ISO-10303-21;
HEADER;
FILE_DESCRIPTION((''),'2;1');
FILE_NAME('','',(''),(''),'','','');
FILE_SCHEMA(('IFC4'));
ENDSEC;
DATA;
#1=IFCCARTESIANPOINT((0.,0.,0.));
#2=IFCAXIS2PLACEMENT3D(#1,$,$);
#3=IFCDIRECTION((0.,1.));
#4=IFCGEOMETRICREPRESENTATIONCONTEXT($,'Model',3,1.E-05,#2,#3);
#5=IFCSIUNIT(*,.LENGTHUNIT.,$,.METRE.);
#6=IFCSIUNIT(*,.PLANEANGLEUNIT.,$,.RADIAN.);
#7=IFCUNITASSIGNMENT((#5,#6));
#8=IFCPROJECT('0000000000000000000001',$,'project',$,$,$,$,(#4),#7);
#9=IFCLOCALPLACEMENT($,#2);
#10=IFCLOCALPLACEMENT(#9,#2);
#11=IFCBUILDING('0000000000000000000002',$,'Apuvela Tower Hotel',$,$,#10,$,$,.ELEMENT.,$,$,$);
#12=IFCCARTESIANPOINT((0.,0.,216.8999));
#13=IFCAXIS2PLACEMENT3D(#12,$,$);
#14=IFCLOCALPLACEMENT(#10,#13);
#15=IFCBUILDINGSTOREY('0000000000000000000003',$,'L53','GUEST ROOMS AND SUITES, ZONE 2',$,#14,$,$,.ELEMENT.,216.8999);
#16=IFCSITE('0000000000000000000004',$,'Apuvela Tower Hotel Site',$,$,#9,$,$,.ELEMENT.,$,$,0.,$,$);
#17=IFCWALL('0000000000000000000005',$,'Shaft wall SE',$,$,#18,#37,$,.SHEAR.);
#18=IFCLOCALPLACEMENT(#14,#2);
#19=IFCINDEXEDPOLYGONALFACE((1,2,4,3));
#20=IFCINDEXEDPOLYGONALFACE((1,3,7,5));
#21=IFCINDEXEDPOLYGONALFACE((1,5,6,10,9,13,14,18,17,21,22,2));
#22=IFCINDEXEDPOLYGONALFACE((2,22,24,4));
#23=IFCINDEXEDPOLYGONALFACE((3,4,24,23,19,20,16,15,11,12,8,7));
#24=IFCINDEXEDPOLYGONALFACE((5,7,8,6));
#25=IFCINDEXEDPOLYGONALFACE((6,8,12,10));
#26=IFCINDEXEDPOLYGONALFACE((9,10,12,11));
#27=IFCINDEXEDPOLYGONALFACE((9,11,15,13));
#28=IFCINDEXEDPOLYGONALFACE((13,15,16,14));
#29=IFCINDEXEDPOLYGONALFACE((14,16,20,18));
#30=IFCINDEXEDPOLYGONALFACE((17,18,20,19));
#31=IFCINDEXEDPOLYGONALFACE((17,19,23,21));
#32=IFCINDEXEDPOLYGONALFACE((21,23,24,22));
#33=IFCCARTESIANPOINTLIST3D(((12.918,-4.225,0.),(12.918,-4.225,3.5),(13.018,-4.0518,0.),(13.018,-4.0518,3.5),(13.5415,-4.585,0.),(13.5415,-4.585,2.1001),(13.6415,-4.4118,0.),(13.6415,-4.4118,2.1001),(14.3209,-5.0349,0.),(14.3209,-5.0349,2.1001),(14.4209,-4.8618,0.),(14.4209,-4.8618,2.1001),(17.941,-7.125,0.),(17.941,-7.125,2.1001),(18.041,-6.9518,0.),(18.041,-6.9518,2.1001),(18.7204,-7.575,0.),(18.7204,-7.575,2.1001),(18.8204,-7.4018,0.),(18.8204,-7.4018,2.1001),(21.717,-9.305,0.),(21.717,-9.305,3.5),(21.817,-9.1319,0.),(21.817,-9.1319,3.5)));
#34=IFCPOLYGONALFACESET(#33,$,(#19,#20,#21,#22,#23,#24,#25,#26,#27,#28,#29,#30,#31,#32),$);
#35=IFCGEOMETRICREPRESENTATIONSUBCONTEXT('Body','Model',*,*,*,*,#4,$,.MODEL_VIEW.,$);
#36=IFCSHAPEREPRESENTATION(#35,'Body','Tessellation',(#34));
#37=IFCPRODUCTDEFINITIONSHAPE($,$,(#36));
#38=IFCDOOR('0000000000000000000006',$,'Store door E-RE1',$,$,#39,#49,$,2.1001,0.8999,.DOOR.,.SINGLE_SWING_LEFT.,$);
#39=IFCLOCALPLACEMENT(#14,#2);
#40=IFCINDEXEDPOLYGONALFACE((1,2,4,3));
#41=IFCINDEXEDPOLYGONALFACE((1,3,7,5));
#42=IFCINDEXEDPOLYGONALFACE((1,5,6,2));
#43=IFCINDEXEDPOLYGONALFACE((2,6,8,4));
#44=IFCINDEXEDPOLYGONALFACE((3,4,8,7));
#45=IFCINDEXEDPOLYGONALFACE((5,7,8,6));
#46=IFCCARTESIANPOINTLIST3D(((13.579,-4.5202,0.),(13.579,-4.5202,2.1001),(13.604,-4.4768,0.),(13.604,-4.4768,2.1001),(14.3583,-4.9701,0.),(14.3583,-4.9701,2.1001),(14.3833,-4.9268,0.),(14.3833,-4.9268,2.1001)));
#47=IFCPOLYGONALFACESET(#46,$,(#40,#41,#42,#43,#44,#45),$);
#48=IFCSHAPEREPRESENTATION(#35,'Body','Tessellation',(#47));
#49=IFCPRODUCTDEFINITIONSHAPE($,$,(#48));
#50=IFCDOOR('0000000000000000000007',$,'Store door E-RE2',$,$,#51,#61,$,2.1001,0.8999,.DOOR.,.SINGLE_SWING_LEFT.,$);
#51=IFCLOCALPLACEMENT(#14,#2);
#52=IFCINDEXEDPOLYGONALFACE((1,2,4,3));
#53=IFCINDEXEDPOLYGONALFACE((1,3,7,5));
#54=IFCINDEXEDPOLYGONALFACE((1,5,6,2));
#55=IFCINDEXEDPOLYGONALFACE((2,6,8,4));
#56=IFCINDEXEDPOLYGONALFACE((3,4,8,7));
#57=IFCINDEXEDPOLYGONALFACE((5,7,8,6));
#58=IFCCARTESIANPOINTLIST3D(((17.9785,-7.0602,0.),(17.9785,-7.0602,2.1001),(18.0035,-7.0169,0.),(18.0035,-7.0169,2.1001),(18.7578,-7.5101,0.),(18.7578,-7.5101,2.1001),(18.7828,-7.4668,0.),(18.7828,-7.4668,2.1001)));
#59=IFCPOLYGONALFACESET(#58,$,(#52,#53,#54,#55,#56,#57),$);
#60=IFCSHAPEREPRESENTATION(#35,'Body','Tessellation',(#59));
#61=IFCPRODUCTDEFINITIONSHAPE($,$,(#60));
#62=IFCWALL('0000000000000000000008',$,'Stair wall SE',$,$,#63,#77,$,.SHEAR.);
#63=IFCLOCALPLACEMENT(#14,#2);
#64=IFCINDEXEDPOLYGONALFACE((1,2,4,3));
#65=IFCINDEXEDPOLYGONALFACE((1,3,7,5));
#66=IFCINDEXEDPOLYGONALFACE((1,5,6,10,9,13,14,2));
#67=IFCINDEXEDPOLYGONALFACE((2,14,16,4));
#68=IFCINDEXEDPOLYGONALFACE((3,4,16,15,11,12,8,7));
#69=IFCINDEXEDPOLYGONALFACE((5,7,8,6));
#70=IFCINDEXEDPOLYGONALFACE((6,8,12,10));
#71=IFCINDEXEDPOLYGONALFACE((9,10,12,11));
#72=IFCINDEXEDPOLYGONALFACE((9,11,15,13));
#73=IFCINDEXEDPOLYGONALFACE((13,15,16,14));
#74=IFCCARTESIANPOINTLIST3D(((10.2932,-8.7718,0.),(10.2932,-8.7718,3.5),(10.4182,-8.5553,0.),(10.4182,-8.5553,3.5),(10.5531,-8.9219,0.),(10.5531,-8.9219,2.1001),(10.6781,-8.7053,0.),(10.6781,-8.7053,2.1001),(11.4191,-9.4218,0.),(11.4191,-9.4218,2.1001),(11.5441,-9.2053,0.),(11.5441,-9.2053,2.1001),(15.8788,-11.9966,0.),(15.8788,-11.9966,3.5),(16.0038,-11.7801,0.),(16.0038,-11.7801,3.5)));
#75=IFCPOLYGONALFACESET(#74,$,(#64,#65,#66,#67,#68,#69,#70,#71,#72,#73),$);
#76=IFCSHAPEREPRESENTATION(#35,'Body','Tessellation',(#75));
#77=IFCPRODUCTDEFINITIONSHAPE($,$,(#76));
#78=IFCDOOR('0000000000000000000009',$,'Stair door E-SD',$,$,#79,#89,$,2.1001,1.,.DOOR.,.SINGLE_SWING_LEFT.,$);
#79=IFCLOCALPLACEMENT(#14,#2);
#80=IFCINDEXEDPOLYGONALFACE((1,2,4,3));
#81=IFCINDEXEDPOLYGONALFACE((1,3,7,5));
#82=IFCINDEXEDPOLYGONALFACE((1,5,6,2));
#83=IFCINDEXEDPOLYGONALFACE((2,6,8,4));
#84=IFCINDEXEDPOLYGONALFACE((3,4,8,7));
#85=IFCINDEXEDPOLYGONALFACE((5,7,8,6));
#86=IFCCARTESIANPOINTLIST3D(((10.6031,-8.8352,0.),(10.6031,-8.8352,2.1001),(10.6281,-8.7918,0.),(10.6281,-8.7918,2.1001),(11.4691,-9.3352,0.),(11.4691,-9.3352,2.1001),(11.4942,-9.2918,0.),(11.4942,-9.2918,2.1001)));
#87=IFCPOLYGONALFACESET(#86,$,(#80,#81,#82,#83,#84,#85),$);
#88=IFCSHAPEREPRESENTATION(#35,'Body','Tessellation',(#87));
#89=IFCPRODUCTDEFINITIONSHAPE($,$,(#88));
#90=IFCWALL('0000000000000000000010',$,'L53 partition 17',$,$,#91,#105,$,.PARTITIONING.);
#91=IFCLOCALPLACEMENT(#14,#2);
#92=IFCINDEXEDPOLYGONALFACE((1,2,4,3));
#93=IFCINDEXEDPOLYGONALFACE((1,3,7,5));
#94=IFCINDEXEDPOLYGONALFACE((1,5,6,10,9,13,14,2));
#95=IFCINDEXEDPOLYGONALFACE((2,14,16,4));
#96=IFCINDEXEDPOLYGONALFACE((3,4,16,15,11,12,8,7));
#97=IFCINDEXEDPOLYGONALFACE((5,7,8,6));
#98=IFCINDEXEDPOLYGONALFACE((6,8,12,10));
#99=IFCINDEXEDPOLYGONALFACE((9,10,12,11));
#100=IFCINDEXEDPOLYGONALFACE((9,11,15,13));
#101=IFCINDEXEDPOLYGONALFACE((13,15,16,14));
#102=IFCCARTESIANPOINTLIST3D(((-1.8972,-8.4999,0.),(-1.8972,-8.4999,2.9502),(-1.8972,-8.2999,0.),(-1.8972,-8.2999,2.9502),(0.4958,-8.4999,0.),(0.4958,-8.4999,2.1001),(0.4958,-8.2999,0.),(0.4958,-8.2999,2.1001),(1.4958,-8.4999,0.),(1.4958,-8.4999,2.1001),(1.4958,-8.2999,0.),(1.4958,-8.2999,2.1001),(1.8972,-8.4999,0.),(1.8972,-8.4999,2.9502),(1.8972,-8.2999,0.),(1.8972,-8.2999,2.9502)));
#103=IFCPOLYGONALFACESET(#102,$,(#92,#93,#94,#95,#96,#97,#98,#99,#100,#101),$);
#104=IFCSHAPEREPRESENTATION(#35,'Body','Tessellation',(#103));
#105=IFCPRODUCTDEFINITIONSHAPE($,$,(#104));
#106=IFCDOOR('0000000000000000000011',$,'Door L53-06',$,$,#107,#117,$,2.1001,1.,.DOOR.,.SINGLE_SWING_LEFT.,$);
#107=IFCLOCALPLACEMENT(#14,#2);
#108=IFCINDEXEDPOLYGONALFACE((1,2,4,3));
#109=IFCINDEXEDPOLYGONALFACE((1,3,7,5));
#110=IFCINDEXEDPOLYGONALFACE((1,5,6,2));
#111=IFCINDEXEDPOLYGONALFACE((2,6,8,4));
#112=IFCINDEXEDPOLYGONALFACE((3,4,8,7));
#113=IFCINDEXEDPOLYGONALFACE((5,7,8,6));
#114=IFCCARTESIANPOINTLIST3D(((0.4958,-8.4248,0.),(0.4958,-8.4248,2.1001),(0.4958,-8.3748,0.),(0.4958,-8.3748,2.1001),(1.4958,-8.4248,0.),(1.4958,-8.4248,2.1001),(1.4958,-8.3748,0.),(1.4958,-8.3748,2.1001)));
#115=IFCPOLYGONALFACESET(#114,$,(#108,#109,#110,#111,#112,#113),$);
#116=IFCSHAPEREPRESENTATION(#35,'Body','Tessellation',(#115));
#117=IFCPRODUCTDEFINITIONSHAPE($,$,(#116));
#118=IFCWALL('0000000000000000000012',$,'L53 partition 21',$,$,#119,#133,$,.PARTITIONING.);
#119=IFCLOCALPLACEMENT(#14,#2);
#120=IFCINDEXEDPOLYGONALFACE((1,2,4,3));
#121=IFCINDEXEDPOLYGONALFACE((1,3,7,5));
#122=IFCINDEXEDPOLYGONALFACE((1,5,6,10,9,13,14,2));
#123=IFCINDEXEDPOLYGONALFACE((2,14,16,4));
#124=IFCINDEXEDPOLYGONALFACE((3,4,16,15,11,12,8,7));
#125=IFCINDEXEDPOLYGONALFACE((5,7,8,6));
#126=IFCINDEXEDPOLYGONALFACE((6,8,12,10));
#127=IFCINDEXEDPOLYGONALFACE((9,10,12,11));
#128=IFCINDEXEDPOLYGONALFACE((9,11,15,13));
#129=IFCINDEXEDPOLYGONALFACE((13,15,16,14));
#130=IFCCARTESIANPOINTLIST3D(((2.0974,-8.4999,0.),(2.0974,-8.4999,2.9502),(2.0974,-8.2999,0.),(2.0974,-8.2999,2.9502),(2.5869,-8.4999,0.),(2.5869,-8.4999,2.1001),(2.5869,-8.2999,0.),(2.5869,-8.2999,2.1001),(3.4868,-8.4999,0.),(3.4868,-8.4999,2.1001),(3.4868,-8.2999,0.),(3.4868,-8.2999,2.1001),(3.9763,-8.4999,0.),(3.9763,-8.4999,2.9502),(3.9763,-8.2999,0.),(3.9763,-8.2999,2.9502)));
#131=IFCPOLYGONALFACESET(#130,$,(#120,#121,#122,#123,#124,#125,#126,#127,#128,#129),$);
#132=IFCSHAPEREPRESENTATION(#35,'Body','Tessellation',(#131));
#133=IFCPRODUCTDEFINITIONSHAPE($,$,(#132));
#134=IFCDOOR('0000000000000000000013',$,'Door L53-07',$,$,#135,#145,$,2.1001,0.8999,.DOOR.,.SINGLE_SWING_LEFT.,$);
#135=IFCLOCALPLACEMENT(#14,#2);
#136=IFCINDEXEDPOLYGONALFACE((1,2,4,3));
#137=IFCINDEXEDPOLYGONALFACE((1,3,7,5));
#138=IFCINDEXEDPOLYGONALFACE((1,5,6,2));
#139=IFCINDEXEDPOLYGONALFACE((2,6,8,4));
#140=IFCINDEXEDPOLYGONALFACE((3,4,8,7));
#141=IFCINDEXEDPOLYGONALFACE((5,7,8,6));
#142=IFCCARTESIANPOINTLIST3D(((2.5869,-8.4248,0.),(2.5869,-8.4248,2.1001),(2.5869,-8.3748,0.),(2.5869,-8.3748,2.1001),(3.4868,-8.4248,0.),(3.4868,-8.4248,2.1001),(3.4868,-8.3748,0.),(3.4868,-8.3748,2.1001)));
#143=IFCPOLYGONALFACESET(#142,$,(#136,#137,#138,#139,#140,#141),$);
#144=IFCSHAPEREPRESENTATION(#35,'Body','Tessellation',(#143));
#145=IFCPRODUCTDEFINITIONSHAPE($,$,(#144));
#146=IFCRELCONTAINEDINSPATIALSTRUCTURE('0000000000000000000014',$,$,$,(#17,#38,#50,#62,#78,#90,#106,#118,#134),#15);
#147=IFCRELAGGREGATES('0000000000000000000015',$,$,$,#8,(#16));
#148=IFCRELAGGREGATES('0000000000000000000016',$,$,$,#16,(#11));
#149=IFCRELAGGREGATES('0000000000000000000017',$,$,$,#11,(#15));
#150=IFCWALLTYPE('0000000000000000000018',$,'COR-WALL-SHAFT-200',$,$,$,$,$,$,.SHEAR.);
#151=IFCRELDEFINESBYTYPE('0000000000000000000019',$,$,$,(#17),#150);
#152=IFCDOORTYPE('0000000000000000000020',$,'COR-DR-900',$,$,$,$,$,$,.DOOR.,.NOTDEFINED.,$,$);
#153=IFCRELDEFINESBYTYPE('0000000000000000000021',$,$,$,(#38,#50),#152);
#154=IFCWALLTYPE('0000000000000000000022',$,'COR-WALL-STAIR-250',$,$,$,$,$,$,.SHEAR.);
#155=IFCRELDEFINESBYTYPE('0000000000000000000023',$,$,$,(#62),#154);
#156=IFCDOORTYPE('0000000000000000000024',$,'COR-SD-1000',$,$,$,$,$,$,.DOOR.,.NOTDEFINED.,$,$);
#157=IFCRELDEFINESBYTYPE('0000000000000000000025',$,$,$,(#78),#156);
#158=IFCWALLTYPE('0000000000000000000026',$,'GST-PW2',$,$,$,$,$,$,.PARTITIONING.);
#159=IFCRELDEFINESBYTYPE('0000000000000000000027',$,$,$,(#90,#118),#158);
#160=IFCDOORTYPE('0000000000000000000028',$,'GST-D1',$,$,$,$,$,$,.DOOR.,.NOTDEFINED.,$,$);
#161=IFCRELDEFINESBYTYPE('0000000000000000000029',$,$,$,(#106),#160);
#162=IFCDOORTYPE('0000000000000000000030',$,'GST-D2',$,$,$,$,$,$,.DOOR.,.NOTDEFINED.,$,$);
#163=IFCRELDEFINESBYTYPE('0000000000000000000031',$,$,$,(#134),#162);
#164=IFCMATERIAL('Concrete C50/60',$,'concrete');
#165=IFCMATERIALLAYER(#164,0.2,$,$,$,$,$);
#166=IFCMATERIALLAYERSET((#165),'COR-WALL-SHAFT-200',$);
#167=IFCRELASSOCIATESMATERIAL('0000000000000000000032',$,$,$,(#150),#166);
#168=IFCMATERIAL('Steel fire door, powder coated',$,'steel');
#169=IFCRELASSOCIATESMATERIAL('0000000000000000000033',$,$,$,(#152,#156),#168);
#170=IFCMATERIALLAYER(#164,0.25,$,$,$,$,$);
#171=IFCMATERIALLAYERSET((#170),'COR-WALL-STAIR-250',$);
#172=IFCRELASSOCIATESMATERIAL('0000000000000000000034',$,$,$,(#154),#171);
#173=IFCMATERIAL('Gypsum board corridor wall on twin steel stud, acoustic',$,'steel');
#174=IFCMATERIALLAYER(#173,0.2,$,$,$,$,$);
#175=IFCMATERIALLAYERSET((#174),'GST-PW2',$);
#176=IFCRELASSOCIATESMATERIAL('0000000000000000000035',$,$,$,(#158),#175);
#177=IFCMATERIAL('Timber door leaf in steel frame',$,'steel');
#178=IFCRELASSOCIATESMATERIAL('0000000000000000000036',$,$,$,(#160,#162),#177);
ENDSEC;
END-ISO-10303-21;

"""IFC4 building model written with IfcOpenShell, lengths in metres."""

from ifc_helpers import new_model, si_unit, direction, frame, frame_2d, origin, place, context, subcontext, project, spatial, rectangle, extrude, material, layer, layer_set, type_object, element, fill, save


model = new_model("IFC4")

# Units and contexts
model_context = context("Model", 3, precision=1e-05, world=origin(), true_north=direction((0.0, 1.0)))
body_context = subcontext(model_context, "Body", "Model", "MODEL_VIEW")
ifc_project = project(units=[si_unit("LENGTHUNIT", "METRE"), si_unit("PLANEANGLEUNIT", "RADIAN")], contexts=[model_context])

# Site, building, storey
site_placement = place(None, origin())
site = spatial("IfcSite", under=ifc_project, at=site_placement, Name="Apuvela Tower Hotel Site", CompositionType="ELEMENT", RefElevation=0.0)
building_placement = place(site_placement, origin())
building = spatial("IfcBuilding", under=site, at=building_placement, Name="Apuvela Tower Hotel", CompositionType="ELEMENT")
storey_placement = place(building_placement, frame((0.0, 0.0, 216.8999)))
storey = spatial("IfcBuildingStorey", under=building, at=storey_placement, Name="L53", Description="GUEST ROOMS AND SUITES, ZONE 2", CompositionType="ELEMENT", Elevation=216.8999)

# Shared definitions
ifc_material_1 = material(Name="Concrete C50/60", Category="concrete")
ifc_material_2 = material(Name="Steel fire door, powder coated", Category="steel")

# Shared definitions
ifc_layer_1 = layer(ifc_material_1, 0.2)
ifc_layer_set_1 = layer_set([ifc_layer_1], Name="COR-WALL-SHAFT-200")
wall_type_1 = type_object("IfcWallType", Name="COR-WALL-SHAFT-200", PredefinedType="SHEAR", material=ifc_layer_set_1)

# Wall, openings, doors
wall_1_placement = place(storey_placement, frame((12.968, -4.1384, 0.0), z_axis=(0.0, 0.0, 1.0), x_axis=(0.866028, -0.499995, 0.0)))
wall_1 = element("IfcWall", 1, at=wall_1_placement, inside=storey, type_object=wall_type_1, Name="Shaft wall SE", PredefinedType="SHEAR", context=body_context, shape_type="SweptSolid", body=[
    extrude(rectangle(XDim=10.1602, YDim=0.2, at=frame_2d((5.0801, 0.0))), origin(), (0.0, 0.0, 1.0), 3.5),
])
opening_1_placement = place(wall_1_placement, frame((0.72, 0.0, 0.0)))
opening_1 = element("IfcOpeningElement", 2, at=opening_1_placement, cuts=wall_1, PredefinedType="OPENING", context=body_context, shape_type="SweptSolid", body=[
    extrude(rectangle(XDim=0.8999, YDim=2.1001, at=frame_2d((0.45, 1.05))), frame((0.0, 0.1099, 0.0), z_axis=(0.0, -1.0, 0.0), x_axis=(1.0, 0.0, 0.0)), (0.0, 0.0, 1.0), 0.22),
])
opening_2_placement = place(wall_1_placement, frame((5.8, 0.0, 0.0)))
opening_2 = element("IfcOpeningElement", 3, at=opening_2_placement, cuts=wall_1, PredefinedType="OPENING", context=body_context, shape_type="SweptSolid", body=[
    extrude(rectangle(XDim=0.8999, YDim=2.1001, at=frame_2d((0.45, 1.05))), frame((0.0, 0.1099, 0.0), z_axis=(0.0, -1.0, 0.0), x_axis=(1.0, 0.0, 0.0)), (0.0, 0.0, 1.0), 0.22),
])
door_type_1 = type_object("IfcDoorType", Name="COR-DR-900", OperationType="NOTDEFINED", PredefinedType="DOOR", material=ifc_material_2)
door_1_placement = place(opening_1_placement, origin())
door_1 = element("IfcDoor", 4, at=door_1_placement, inside=storey, type_object=door_type_1, Name="Store door E-RE1", OperationType="SINGLE_SWING_LEFT", OverallHeight=2.1001, OverallWidth=0.8999, PredefinedType="DOOR", context=body_context, shape_type="SweptSolid", body=[
    extrude(rectangle(XDim=0.8999, YDim=2.1001, at=frame_2d((0.45, 1.05))), frame((0.0, 0.0249, 0.0), z_axis=(0.0, -1.0, 0.0), x_axis=(1.0, 0.0, 0.0)), (0.0, 0.0, 1.0), 0.05),
])
fill(opening_1, door_1)
door_2_placement = place(opening_2_placement, origin())
door_2 = element("IfcDoor", 5, at=door_2_placement, inside=storey, type_object=door_type_1, Name="Store door E-RE2", OperationType="SINGLE_SWING_LEFT", OverallHeight=2.1001, OverallWidth=0.8999, PredefinedType="DOOR", context=body_context, shape_type="SweptSolid", body=[
    extrude(rectangle(XDim=0.8999, YDim=2.1001, at=frame_2d((0.45, 1.05))), frame((0.0, 0.0249, 0.0), z_axis=(0.0, -1.0, 0.0), x_axis=(1.0, 0.0, 0.0)), (0.0, 0.0, 1.0), 0.05),
])
fill(opening_2, door_2)

# Walls, openings, doors
ifc_layer_2 = layer(ifc_material_1, 0.25)
ifc_layer_set_2 = layer_set([ifc_layer_2], Name="COR-WALL-STAIR-250")
wall_type_2 = type_object("IfcWallType", Name="COR-WALL-STAIR-250", PredefinedType="SHEAR", material=ifc_layer_set_2)
wall_2_placement = place(storey_placement, frame((10.3557, -8.6636, 0.0), z_axis=(0.0, 0.0, 1.0), x_axis=(0.866029, -0.499994, 0.0)))
wall_2 = element("IfcWall", 6, at=wall_2_placement, inside=storey, type_object=wall_type_2, Name="Stair wall SE", PredefinedType="SHEAR", context=body_context, shape_type="SweptSolid", body=[
    extrude(rectangle(XDim=6.4497, YDim=0.25, at=frame_2d((3.2249, 0.0))), origin(), (0.0, 0.0, 1.0), 3.5),
])
opening_3_placement = place(wall_2_placement, frame((0.3, 0.0, 0.0)))
opening_3 = element("IfcOpeningElement", 7, at=opening_3_placement, cuts=wall_2, PredefinedType="OPENING", context=body_context, shape_type="SweptSolid", body=[
    extrude(rectangle(XDim=1.0, YDim=2.1001, at=frame_2d((0.5, 1.05))), frame((0.0, 0.135, 0.0), z_axis=(0.0, -1.0, 0.0), x_axis=(1.0, 0.0, 0.0)), (0.0, 0.0, 1.0), 0.27),
])
door_type_2 = type_object("IfcDoorType", Name="COR-SD-1000", OperationType="NOTDEFINED", PredefinedType="DOOR", material=ifc_material_2)
door_3_placement = place(opening_3_placement, frame((1.0, 0.0, 0.0), z_axis=(0.0, 0.0, 1.0), x_axis=(-1.0, 0.0, 0.0)))
door_3 = element("IfcDoor", 8, at=door_3_placement, inside=storey, type_object=door_type_2, Name="Stair door E-SD", OperationType="SINGLE_SWING_LEFT", OverallHeight=2.1001, OverallWidth=1.0, PredefinedType="DOOR", context=body_context, shape_type="SweptSolid", body=[
    extrude(rectangle(XDim=1.0, YDim=2.1001, at=frame_2d((0.5, 1.05))), frame((0.0, 0.0249, 0.0), z_axis=(0.0, -1.0, 0.0), x_axis=(1.0, 0.0, 0.0)), (0.0, 0.0, 1.0), 0.05),
])
fill(opening_3, door_3)
ifc_material_3 = material(Name="Gypsum board corridor wall on twin steel stud, acoustic", Category="steel")
ifc_layer_3 = layer(ifc_material_3, 0.2)
ifc_layer_set_3 = layer_set([ifc_layer_3], Name="GST-PW2")
wall_type_3 = type_object("IfcWallType", Name="GST-PW2", PredefinedType="PARTITIONING", material=ifc_layer_set_3)
wall_3_placement = place(storey_placement, frame((1.8972, -8.3999, 0.0), z_axis=(0.0, 0.0, 1.0), x_axis=(-1.0, 0.0, 0.0)))
wall_3 = element("IfcWall", 9, at=wall_3_placement, inside=storey, type_object=wall_type_3, Name="L53 partition 17", PredefinedType="PARTITIONING", context=body_context, shape_type="SweptSolid", body=[
    extrude(rectangle(XDim=3.7944, YDim=0.2, at=frame_2d((1.8972, 0.0))), origin(), (0.0, 0.0, 1.0), 2.9502),
])
opening_4_placement = place(wall_3_placement, frame((0.4014, 0.0, 0.0)))
opening_4 = element("IfcOpeningElement", 10, at=opening_4_placement, cuts=wall_3, PredefinedType="OPENING", context=body_context, shape_type="SweptSolid", body=[
    extrude(rectangle(XDim=1.0, YDim=2.1001, at=frame_2d((0.5, 1.05))), frame((0.0, 0.1099, 0.0), z_axis=(0.0, -1.0, 0.0), x_axis=(1.0, 0.0, 0.0)), (0.0, 0.0, 1.0), 0.22),
])
ifc_material_4 = material(Name="Timber door leaf in steel frame", Category="steel")
door_type_3 = type_object("IfcDoorType", Name="GST-D1", OperationType="NOTDEFINED", PredefinedType="DOOR", material=ifc_material_4)
door_4_placement = place(opening_4_placement, origin())
door_4 = element("IfcDoor", 11, at=door_4_placement, inside=storey, type_object=door_type_3, Name="Door L53-06", OperationType="SINGLE_SWING_LEFT", OverallHeight=2.1001, OverallWidth=1.0, PredefinedType="DOOR", context=body_context, shape_type="SweptSolid", body=[
    extrude(rectangle(XDim=1.0, YDim=2.1001, at=frame_2d((0.5, 1.05))), frame((0.0, 0.0249, 0.0), z_axis=(0.0, -1.0, 0.0), x_axis=(1.0, 0.0, 0.0)), (0.0, 0.0, 1.0), 0.05),
])
fill(opening_4, door_4)
wall_4_placement = place(storey_placement, frame((3.9763, -8.3999, 0.0), z_axis=(0.0, 0.0, 1.0), x_axis=(-1.0, 0.0, 0.0)))
wall_4 = element("IfcWall", 12, at=wall_4_placement, inside=storey, type_object=wall_type_3, Name="L53 partition 21", PredefinedType="PARTITIONING", context=body_context, shape_type="SweptSolid", body=[
    extrude(rectangle(XDim=1.8789, YDim=0.2, at=frame_2d((0.9395, 0.0))), origin(), (0.0, 0.0, 1.0), 2.9502),
])
opening_5_placement = place(wall_4_placement, frame((0.4895, 0.0, 0.0)))
opening_5 = element("IfcOpeningElement", 13, at=opening_5_placement, cuts=wall_4, PredefinedType="OPENING", context=body_context, shape_type="SweptSolid", body=[
    extrude(rectangle(XDim=0.8999, YDim=2.1001, at=frame_2d((0.45, 1.05))), frame((0.0, 0.1099, 0.0), z_axis=(0.0, -1.0, 0.0), x_axis=(1.0, 0.0, 0.0)), (0.0, 0.0, 1.0), 0.22),
])
door_type_4 = type_object("IfcDoorType", Name="GST-D2", OperationType="NOTDEFINED", PredefinedType="DOOR", material=ifc_material_4)
door_5_placement = place(opening_5_placement, origin())
door_5 = element("IfcDoor", 14, at=door_5_placement, inside=storey, type_object=door_type_4, Name="Door L53-07", OperationType="SINGLE_SWING_LEFT", OverallHeight=2.1001, OverallWidth=0.8999, PredefinedType="DOOR", context=body_context, shape_type="SweptSolid", body=[
    extrude(rectangle(XDim=0.8999, YDim=2.1001, at=frame_2d((0.45, 1.05))), frame((0.0, 0.0249, 0.0), z_axis=(0.0, -1.0, 0.0), x_axis=(1.0, 0.0, 0.0)), (0.0, 0.0, 1.0), 0.05),
])
fill(opening_5, door_5)

save(model, "model.ifc")
